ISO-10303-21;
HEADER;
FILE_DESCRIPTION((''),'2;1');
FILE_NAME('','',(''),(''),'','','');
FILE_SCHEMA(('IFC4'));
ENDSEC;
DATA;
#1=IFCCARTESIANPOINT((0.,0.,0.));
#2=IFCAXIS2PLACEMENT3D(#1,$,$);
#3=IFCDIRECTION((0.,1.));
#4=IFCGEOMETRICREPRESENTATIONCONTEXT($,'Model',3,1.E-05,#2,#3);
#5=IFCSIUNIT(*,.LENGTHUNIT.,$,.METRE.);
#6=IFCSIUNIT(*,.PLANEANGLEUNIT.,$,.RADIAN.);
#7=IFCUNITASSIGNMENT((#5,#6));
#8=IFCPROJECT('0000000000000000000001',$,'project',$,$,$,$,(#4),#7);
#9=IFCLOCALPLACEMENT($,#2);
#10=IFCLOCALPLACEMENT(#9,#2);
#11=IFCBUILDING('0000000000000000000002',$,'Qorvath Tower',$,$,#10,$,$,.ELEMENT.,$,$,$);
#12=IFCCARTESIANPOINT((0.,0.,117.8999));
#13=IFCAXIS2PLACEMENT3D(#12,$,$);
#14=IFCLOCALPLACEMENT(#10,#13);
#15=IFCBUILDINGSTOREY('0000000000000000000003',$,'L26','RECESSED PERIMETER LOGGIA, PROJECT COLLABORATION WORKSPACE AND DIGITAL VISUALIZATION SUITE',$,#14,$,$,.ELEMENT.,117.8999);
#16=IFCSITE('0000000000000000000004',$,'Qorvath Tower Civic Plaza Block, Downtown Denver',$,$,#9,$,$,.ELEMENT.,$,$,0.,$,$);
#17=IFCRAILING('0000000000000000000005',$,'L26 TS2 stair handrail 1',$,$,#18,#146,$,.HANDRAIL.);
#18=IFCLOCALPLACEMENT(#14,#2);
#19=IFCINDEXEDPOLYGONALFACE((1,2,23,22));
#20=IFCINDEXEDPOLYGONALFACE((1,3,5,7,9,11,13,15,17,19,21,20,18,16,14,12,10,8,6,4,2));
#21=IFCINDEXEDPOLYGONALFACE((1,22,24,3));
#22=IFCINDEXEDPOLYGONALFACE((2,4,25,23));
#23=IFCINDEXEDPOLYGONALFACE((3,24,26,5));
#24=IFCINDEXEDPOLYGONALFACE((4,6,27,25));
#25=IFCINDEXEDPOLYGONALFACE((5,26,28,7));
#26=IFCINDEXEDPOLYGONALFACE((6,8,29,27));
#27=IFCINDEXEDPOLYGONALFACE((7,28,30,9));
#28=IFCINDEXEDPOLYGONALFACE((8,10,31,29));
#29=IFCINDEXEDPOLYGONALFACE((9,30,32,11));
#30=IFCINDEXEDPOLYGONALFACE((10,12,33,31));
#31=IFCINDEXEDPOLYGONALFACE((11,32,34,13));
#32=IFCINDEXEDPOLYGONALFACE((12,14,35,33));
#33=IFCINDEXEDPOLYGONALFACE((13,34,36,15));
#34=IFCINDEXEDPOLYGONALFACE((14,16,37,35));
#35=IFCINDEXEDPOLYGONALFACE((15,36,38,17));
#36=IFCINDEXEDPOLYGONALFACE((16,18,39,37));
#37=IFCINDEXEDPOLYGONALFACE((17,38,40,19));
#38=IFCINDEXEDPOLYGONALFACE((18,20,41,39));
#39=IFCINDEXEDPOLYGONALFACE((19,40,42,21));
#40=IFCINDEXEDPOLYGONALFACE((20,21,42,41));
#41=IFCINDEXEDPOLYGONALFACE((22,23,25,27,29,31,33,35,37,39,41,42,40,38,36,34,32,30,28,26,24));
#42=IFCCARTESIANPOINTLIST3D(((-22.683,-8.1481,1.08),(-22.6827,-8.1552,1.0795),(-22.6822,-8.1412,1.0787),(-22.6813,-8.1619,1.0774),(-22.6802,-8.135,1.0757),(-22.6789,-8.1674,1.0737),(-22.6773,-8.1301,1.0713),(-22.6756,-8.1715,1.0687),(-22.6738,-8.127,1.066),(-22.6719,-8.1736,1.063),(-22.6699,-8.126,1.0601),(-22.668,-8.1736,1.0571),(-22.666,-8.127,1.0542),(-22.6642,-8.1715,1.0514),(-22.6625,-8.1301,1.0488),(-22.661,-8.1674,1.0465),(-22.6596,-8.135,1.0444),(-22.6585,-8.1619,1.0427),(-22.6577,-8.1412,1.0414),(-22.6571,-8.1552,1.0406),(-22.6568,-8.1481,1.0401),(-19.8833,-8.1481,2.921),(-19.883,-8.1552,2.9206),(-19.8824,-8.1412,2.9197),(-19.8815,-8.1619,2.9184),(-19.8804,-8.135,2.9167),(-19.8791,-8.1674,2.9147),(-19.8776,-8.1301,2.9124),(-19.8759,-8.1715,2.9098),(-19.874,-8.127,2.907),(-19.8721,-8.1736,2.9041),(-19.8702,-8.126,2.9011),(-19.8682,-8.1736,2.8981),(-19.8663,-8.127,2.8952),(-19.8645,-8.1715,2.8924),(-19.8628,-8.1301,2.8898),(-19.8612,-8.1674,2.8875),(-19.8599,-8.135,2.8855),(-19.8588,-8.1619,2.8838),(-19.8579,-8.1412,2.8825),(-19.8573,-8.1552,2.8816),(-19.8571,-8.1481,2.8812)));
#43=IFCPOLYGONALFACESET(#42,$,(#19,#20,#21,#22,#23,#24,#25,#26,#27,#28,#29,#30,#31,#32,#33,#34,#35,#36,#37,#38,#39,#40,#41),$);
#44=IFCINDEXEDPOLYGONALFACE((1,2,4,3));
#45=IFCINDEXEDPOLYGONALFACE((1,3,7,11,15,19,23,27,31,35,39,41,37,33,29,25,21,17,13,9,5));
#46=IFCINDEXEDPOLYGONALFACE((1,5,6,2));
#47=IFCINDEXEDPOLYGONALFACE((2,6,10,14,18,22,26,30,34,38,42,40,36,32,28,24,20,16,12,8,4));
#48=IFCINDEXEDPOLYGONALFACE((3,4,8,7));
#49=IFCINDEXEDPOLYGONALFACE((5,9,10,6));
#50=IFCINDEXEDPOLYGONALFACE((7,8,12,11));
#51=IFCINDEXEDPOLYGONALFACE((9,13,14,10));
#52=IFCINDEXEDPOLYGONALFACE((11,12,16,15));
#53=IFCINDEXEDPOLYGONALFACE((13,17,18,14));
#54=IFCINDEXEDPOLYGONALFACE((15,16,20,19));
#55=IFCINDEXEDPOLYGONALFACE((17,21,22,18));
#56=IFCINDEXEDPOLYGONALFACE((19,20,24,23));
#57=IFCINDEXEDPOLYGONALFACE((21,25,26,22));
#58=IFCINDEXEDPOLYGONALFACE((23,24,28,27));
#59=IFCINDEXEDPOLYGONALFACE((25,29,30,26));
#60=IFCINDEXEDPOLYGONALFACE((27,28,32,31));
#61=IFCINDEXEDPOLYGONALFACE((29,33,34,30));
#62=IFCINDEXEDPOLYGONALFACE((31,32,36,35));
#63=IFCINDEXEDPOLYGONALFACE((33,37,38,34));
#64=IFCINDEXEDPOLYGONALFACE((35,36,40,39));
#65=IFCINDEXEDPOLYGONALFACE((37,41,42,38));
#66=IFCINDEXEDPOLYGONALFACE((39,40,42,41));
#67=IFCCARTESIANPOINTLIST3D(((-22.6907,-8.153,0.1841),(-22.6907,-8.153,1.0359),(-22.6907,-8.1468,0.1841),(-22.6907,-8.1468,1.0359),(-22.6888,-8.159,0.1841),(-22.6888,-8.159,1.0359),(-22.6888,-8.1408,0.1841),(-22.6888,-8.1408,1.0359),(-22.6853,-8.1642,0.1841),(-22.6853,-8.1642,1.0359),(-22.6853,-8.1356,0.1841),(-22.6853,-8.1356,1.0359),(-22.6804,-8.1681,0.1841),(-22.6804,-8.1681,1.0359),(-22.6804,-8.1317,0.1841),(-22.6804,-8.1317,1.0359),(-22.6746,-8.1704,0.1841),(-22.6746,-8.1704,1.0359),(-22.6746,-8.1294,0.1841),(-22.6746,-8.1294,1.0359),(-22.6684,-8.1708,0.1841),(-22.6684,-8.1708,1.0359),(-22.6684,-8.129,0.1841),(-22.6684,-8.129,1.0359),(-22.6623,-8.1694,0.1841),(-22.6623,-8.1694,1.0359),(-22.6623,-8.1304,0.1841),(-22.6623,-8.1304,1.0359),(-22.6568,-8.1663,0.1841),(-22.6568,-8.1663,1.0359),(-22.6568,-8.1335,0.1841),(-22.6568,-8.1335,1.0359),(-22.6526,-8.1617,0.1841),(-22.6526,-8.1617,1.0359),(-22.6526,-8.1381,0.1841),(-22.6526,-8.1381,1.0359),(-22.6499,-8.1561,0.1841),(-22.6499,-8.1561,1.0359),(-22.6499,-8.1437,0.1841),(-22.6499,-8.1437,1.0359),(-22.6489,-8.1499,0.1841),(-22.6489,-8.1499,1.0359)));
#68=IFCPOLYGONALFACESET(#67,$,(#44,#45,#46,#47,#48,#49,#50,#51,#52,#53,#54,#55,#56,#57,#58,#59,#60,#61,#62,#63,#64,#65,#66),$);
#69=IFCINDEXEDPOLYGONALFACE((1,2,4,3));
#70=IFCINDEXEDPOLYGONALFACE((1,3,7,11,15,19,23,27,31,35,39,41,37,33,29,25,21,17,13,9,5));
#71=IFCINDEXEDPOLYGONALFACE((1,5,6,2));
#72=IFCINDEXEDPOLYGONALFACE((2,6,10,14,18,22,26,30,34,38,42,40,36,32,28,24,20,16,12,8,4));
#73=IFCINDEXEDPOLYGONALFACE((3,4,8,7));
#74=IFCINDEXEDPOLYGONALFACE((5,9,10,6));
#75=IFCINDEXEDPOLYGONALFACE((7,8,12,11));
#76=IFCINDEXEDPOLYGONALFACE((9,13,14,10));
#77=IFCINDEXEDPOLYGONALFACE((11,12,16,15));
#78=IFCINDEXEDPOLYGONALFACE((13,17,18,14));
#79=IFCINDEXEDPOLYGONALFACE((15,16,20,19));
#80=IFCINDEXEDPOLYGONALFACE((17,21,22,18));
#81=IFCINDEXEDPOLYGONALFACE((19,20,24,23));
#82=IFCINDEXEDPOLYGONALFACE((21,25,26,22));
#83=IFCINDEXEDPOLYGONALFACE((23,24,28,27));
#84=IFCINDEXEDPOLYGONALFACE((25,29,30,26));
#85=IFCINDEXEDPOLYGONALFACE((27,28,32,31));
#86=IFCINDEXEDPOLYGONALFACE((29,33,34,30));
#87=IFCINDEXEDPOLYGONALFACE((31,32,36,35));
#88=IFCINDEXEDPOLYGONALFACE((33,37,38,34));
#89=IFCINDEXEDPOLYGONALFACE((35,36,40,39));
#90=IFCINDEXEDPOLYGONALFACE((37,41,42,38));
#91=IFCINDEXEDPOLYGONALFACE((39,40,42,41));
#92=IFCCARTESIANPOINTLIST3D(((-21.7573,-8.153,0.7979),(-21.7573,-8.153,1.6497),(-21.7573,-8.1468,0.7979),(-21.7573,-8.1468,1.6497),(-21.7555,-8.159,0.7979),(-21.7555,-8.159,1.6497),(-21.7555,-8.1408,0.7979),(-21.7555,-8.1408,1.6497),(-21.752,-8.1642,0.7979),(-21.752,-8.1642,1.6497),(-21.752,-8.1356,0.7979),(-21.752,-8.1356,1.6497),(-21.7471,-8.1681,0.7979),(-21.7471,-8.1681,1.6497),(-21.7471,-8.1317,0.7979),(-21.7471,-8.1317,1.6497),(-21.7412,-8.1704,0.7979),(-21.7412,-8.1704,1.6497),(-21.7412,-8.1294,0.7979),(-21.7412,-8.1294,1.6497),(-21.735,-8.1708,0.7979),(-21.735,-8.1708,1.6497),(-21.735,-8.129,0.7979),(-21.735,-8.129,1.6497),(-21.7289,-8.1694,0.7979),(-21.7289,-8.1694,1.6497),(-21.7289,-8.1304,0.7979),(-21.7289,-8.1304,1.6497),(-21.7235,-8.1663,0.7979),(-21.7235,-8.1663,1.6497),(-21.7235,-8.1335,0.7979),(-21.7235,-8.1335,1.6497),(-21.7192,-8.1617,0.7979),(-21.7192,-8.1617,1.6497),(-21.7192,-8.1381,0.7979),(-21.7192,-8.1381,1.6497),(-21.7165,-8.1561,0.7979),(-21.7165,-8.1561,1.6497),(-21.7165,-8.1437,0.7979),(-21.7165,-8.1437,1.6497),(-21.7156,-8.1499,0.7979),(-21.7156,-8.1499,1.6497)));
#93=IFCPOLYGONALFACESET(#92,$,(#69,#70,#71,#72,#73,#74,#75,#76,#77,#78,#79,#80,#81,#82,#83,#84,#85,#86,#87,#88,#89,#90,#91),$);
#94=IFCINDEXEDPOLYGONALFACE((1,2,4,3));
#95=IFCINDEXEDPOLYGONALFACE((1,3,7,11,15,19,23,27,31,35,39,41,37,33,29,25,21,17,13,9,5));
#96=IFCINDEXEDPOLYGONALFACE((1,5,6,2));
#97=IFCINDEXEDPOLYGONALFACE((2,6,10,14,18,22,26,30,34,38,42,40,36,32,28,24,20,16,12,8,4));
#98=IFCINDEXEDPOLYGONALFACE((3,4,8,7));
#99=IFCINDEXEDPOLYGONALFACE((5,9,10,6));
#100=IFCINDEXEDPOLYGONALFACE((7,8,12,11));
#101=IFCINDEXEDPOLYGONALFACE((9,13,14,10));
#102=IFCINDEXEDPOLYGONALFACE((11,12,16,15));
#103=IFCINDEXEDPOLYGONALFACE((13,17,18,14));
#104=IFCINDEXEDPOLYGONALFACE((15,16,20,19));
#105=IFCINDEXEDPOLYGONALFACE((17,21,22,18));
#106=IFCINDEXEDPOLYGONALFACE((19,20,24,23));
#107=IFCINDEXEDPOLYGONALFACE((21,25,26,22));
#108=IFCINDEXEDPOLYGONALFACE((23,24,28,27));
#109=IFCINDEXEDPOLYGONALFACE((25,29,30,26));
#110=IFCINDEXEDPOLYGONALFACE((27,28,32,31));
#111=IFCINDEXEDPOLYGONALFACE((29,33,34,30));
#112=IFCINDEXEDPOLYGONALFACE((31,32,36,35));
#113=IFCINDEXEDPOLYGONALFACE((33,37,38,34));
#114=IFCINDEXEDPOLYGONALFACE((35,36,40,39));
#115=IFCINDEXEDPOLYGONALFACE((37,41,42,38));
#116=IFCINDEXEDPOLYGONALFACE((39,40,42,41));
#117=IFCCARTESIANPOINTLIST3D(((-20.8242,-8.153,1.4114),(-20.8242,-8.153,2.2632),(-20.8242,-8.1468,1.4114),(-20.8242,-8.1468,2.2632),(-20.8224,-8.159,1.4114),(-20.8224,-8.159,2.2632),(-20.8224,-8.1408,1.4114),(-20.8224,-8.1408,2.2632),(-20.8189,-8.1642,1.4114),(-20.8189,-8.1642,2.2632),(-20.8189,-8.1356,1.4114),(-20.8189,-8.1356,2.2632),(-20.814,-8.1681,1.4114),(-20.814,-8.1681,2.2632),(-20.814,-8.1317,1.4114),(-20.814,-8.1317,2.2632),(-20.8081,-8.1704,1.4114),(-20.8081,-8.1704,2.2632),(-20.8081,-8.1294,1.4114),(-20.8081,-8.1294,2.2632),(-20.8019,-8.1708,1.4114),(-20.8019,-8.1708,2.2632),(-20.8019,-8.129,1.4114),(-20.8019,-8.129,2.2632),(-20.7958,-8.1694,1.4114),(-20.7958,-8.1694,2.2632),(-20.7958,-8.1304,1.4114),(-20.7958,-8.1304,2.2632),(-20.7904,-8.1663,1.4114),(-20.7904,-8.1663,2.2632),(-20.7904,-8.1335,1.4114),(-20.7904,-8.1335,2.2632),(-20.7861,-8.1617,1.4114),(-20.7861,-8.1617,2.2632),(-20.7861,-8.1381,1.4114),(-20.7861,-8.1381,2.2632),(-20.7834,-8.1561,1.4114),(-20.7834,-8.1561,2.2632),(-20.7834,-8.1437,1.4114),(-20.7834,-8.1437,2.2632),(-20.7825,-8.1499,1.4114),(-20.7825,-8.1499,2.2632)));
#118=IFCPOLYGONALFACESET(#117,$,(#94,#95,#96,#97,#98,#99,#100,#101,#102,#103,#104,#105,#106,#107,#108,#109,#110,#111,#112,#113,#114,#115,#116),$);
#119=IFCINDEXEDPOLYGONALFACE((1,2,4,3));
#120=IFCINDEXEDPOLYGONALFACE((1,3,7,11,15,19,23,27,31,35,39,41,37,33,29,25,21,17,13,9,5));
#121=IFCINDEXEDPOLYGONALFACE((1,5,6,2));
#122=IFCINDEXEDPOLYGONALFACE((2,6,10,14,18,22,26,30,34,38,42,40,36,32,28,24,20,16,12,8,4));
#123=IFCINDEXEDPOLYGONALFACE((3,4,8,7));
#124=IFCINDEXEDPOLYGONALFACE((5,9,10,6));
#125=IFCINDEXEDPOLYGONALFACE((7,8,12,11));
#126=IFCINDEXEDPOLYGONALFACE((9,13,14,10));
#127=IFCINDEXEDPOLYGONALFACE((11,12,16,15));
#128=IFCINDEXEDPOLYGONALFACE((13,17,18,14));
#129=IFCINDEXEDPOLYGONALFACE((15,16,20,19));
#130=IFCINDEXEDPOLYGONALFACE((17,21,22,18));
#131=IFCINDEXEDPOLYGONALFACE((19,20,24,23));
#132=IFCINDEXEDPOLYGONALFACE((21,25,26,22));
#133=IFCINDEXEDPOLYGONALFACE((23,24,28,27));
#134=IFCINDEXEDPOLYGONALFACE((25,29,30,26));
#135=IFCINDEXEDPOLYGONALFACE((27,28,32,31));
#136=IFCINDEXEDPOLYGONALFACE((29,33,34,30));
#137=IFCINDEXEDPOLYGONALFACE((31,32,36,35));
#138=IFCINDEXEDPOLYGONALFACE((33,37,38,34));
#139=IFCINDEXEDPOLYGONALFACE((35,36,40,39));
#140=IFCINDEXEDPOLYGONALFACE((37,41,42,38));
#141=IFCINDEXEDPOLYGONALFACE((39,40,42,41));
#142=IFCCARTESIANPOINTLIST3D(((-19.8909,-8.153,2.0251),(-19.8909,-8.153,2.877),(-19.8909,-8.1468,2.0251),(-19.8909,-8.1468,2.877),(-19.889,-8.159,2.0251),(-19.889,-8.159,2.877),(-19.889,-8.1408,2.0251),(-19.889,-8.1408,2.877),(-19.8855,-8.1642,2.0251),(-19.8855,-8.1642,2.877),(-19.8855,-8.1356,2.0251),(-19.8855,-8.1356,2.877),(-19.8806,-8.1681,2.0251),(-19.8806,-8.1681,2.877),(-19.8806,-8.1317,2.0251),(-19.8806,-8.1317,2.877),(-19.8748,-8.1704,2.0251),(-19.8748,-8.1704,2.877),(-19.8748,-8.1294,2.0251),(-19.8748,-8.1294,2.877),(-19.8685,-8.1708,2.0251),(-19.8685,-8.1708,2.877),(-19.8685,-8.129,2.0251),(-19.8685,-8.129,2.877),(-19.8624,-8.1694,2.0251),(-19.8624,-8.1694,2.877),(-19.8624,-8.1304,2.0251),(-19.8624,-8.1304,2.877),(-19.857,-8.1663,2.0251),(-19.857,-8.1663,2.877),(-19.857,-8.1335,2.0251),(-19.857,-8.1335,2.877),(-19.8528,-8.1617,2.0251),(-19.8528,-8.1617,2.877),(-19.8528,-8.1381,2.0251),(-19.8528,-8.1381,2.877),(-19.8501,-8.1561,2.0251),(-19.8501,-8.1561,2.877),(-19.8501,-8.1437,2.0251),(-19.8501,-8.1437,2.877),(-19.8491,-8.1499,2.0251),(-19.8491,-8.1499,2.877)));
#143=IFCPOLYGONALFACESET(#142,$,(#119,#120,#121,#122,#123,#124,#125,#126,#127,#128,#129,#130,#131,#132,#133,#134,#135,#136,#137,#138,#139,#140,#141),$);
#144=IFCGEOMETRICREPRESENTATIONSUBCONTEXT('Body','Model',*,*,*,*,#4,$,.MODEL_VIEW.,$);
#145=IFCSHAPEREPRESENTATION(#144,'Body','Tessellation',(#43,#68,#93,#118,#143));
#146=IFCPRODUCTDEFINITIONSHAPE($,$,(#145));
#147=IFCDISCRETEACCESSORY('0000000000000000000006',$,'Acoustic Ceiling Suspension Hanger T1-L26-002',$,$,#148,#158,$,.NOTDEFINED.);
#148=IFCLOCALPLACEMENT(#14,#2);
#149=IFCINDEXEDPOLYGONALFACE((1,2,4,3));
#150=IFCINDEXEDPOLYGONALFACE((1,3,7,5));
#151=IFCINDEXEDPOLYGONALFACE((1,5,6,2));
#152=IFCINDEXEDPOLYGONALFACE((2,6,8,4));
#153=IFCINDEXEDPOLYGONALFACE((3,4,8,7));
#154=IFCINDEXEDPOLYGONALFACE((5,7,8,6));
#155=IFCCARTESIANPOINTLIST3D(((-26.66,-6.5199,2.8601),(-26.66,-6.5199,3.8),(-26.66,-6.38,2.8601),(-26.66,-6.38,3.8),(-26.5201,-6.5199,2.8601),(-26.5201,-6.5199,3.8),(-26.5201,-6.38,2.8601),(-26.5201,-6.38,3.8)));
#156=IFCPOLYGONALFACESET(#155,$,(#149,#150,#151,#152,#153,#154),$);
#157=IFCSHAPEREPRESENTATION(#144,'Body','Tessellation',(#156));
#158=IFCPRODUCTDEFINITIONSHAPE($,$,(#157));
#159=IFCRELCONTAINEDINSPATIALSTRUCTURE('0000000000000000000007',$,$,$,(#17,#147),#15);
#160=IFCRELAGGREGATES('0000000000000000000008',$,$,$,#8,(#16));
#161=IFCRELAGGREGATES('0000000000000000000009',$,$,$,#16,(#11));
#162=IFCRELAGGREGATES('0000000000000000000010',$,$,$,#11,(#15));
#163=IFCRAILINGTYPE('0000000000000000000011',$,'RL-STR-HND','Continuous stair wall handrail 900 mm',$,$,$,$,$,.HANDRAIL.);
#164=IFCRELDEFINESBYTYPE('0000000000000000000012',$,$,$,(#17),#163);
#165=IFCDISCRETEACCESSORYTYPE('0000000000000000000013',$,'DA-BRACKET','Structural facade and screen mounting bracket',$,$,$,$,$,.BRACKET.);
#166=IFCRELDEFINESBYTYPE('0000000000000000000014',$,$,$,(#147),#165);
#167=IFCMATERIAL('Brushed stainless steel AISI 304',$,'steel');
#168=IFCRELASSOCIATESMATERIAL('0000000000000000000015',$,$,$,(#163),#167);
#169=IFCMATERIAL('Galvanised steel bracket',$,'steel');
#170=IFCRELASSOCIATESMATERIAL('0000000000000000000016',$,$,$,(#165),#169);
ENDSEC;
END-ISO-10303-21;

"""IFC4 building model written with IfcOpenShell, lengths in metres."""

from ifc_helpers import new_model, si_unit, direction, frame, origin, origin_2d, place, context, subcontext, project, spatial, rectangle, circle, extrude, material, type_object, element, save


model = new_model("IFC4")

# Units and contexts
model_context = context("Model", 3, precision=1e-05, world=origin(), true_north=direction((0.0, 1.0)))
body_context = subcontext(model_context, "Body", "Model", "MODEL_VIEW")
ifc_project = project(units=[si_unit("LENGTHUNIT", "METRE"), si_unit("PLANEANGLEUNIT", "RADIAN")], contexts=[model_context])

# Site, building, storey
site_placement = place(None, origin())
site = spatial("IfcSite", under=ifc_project, at=site_placement, Name="Qorvath Tower Civic Plaza Block, Downtown Denver", CompositionType="ELEMENT", RefElevation=0.0)
building_placement = place(site_placement, origin())
building = spatial("IfcBuilding", under=site, at=building_placement, Name="Qorvath Tower", CompositionType="ELEMENT")
storey_placement = place(building_placement, frame((0.0, 0.0, 117.8999)))
storey = spatial("IfcBuildingStorey", under=building, at=storey_placement, Name="L26", Description="RECESSED PERIMETER LOGGIA, PROJECT COLLABORATION WORKSPACE AND DIGITAL VISUALIZATION SUITE", CompositionType="ELEMENT", Elevation=117.8999)

# Railing
ifc_material_1 = material(Name="Brushed stainless steel AISI 304", Category="steel")
railing_type_1 = type_object("IfcRailingType", Name="RL-STR-HND", Description="Continuous stair wall handrail 900 mm", PredefinedType="HANDRAIL", material=ifc_material_1)
railing_1_placement = place(storey_placement, frame((-22.6699, -8.1499, 0.1841)))
element("IfcRailing", 1, at=railing_1_placement, inside=storey, type_object=railing_type_1, Name="L26 TS2 stair handrail 1", PredefinedType="HANDRAIL", context=body_context, shape_type="SweptSolid", body=[
    extrude(circle(Radius=0.0239, at=origin_2d()), frame((0.0, 0.0, 0.876), z_axis=(0.835542, 0.0, 0.549426), x_axis=(0.0, 1.0, 0.0)), (0.0, 0.0, 1.0), 3.3508),
    extrude(circle(Radius=0.021, at=origin_2d()), origin(), (0.0, 0.0, 1.0), 0.8518),
    extrude(circle(Radius=0.021, at=origin_2d()), frame((0.9333, 0.0, 0.6138)), (0.0, 0.0, 1.0), 0.8518),
    extrude(circle(Radius=0.021, at=origin_2d()), frame((1.8665, 0.0, 1.2273)), (0.0, 0.0, 1.0), 0.8518),
    extrude(circle(Radius=0.021, at=origin_2d()), frame((2.7998, 0.0, 1.8411)), (0.0, 0.0, 1.0), 0.8518),
])

# Discrete accessory
ifc_material_2 = material(Name="Galvanised steel bracket", Category="steel")
discrete_accessory_type = type_object("IfcDiscreteAccessoryType", Name="DA-BRACKET", Description="Structural facade and screen mounting bracket", PredefinedType="BRACKET", material=ifc_material_2)
discrete_accessory_placement = place(storey_placement, frame((-26.5901, -6.45, 2.8601), z_axis=(0.0, 0.0, 1.0), x_axis=(1.0, 0.0, 0.0)))
element("IfcDiscreteAccessory", 2, at=discrete_accessory_placement, inside=storey, type_object=discrete_accessory_type, Name="Acoustic Ceiling Suspension Hanger T1-L26-002", PredefinedType="NOTDEFINED", context=body_context, shape_type="SweptSolid", body=[
    extrude(rectangle(XDim=0.1399, YDim=0.1399, at=origin_2d()), origin(), (0.0, 0.0, 1.0), 0.9399),
])

save(model, "model.ifc")
